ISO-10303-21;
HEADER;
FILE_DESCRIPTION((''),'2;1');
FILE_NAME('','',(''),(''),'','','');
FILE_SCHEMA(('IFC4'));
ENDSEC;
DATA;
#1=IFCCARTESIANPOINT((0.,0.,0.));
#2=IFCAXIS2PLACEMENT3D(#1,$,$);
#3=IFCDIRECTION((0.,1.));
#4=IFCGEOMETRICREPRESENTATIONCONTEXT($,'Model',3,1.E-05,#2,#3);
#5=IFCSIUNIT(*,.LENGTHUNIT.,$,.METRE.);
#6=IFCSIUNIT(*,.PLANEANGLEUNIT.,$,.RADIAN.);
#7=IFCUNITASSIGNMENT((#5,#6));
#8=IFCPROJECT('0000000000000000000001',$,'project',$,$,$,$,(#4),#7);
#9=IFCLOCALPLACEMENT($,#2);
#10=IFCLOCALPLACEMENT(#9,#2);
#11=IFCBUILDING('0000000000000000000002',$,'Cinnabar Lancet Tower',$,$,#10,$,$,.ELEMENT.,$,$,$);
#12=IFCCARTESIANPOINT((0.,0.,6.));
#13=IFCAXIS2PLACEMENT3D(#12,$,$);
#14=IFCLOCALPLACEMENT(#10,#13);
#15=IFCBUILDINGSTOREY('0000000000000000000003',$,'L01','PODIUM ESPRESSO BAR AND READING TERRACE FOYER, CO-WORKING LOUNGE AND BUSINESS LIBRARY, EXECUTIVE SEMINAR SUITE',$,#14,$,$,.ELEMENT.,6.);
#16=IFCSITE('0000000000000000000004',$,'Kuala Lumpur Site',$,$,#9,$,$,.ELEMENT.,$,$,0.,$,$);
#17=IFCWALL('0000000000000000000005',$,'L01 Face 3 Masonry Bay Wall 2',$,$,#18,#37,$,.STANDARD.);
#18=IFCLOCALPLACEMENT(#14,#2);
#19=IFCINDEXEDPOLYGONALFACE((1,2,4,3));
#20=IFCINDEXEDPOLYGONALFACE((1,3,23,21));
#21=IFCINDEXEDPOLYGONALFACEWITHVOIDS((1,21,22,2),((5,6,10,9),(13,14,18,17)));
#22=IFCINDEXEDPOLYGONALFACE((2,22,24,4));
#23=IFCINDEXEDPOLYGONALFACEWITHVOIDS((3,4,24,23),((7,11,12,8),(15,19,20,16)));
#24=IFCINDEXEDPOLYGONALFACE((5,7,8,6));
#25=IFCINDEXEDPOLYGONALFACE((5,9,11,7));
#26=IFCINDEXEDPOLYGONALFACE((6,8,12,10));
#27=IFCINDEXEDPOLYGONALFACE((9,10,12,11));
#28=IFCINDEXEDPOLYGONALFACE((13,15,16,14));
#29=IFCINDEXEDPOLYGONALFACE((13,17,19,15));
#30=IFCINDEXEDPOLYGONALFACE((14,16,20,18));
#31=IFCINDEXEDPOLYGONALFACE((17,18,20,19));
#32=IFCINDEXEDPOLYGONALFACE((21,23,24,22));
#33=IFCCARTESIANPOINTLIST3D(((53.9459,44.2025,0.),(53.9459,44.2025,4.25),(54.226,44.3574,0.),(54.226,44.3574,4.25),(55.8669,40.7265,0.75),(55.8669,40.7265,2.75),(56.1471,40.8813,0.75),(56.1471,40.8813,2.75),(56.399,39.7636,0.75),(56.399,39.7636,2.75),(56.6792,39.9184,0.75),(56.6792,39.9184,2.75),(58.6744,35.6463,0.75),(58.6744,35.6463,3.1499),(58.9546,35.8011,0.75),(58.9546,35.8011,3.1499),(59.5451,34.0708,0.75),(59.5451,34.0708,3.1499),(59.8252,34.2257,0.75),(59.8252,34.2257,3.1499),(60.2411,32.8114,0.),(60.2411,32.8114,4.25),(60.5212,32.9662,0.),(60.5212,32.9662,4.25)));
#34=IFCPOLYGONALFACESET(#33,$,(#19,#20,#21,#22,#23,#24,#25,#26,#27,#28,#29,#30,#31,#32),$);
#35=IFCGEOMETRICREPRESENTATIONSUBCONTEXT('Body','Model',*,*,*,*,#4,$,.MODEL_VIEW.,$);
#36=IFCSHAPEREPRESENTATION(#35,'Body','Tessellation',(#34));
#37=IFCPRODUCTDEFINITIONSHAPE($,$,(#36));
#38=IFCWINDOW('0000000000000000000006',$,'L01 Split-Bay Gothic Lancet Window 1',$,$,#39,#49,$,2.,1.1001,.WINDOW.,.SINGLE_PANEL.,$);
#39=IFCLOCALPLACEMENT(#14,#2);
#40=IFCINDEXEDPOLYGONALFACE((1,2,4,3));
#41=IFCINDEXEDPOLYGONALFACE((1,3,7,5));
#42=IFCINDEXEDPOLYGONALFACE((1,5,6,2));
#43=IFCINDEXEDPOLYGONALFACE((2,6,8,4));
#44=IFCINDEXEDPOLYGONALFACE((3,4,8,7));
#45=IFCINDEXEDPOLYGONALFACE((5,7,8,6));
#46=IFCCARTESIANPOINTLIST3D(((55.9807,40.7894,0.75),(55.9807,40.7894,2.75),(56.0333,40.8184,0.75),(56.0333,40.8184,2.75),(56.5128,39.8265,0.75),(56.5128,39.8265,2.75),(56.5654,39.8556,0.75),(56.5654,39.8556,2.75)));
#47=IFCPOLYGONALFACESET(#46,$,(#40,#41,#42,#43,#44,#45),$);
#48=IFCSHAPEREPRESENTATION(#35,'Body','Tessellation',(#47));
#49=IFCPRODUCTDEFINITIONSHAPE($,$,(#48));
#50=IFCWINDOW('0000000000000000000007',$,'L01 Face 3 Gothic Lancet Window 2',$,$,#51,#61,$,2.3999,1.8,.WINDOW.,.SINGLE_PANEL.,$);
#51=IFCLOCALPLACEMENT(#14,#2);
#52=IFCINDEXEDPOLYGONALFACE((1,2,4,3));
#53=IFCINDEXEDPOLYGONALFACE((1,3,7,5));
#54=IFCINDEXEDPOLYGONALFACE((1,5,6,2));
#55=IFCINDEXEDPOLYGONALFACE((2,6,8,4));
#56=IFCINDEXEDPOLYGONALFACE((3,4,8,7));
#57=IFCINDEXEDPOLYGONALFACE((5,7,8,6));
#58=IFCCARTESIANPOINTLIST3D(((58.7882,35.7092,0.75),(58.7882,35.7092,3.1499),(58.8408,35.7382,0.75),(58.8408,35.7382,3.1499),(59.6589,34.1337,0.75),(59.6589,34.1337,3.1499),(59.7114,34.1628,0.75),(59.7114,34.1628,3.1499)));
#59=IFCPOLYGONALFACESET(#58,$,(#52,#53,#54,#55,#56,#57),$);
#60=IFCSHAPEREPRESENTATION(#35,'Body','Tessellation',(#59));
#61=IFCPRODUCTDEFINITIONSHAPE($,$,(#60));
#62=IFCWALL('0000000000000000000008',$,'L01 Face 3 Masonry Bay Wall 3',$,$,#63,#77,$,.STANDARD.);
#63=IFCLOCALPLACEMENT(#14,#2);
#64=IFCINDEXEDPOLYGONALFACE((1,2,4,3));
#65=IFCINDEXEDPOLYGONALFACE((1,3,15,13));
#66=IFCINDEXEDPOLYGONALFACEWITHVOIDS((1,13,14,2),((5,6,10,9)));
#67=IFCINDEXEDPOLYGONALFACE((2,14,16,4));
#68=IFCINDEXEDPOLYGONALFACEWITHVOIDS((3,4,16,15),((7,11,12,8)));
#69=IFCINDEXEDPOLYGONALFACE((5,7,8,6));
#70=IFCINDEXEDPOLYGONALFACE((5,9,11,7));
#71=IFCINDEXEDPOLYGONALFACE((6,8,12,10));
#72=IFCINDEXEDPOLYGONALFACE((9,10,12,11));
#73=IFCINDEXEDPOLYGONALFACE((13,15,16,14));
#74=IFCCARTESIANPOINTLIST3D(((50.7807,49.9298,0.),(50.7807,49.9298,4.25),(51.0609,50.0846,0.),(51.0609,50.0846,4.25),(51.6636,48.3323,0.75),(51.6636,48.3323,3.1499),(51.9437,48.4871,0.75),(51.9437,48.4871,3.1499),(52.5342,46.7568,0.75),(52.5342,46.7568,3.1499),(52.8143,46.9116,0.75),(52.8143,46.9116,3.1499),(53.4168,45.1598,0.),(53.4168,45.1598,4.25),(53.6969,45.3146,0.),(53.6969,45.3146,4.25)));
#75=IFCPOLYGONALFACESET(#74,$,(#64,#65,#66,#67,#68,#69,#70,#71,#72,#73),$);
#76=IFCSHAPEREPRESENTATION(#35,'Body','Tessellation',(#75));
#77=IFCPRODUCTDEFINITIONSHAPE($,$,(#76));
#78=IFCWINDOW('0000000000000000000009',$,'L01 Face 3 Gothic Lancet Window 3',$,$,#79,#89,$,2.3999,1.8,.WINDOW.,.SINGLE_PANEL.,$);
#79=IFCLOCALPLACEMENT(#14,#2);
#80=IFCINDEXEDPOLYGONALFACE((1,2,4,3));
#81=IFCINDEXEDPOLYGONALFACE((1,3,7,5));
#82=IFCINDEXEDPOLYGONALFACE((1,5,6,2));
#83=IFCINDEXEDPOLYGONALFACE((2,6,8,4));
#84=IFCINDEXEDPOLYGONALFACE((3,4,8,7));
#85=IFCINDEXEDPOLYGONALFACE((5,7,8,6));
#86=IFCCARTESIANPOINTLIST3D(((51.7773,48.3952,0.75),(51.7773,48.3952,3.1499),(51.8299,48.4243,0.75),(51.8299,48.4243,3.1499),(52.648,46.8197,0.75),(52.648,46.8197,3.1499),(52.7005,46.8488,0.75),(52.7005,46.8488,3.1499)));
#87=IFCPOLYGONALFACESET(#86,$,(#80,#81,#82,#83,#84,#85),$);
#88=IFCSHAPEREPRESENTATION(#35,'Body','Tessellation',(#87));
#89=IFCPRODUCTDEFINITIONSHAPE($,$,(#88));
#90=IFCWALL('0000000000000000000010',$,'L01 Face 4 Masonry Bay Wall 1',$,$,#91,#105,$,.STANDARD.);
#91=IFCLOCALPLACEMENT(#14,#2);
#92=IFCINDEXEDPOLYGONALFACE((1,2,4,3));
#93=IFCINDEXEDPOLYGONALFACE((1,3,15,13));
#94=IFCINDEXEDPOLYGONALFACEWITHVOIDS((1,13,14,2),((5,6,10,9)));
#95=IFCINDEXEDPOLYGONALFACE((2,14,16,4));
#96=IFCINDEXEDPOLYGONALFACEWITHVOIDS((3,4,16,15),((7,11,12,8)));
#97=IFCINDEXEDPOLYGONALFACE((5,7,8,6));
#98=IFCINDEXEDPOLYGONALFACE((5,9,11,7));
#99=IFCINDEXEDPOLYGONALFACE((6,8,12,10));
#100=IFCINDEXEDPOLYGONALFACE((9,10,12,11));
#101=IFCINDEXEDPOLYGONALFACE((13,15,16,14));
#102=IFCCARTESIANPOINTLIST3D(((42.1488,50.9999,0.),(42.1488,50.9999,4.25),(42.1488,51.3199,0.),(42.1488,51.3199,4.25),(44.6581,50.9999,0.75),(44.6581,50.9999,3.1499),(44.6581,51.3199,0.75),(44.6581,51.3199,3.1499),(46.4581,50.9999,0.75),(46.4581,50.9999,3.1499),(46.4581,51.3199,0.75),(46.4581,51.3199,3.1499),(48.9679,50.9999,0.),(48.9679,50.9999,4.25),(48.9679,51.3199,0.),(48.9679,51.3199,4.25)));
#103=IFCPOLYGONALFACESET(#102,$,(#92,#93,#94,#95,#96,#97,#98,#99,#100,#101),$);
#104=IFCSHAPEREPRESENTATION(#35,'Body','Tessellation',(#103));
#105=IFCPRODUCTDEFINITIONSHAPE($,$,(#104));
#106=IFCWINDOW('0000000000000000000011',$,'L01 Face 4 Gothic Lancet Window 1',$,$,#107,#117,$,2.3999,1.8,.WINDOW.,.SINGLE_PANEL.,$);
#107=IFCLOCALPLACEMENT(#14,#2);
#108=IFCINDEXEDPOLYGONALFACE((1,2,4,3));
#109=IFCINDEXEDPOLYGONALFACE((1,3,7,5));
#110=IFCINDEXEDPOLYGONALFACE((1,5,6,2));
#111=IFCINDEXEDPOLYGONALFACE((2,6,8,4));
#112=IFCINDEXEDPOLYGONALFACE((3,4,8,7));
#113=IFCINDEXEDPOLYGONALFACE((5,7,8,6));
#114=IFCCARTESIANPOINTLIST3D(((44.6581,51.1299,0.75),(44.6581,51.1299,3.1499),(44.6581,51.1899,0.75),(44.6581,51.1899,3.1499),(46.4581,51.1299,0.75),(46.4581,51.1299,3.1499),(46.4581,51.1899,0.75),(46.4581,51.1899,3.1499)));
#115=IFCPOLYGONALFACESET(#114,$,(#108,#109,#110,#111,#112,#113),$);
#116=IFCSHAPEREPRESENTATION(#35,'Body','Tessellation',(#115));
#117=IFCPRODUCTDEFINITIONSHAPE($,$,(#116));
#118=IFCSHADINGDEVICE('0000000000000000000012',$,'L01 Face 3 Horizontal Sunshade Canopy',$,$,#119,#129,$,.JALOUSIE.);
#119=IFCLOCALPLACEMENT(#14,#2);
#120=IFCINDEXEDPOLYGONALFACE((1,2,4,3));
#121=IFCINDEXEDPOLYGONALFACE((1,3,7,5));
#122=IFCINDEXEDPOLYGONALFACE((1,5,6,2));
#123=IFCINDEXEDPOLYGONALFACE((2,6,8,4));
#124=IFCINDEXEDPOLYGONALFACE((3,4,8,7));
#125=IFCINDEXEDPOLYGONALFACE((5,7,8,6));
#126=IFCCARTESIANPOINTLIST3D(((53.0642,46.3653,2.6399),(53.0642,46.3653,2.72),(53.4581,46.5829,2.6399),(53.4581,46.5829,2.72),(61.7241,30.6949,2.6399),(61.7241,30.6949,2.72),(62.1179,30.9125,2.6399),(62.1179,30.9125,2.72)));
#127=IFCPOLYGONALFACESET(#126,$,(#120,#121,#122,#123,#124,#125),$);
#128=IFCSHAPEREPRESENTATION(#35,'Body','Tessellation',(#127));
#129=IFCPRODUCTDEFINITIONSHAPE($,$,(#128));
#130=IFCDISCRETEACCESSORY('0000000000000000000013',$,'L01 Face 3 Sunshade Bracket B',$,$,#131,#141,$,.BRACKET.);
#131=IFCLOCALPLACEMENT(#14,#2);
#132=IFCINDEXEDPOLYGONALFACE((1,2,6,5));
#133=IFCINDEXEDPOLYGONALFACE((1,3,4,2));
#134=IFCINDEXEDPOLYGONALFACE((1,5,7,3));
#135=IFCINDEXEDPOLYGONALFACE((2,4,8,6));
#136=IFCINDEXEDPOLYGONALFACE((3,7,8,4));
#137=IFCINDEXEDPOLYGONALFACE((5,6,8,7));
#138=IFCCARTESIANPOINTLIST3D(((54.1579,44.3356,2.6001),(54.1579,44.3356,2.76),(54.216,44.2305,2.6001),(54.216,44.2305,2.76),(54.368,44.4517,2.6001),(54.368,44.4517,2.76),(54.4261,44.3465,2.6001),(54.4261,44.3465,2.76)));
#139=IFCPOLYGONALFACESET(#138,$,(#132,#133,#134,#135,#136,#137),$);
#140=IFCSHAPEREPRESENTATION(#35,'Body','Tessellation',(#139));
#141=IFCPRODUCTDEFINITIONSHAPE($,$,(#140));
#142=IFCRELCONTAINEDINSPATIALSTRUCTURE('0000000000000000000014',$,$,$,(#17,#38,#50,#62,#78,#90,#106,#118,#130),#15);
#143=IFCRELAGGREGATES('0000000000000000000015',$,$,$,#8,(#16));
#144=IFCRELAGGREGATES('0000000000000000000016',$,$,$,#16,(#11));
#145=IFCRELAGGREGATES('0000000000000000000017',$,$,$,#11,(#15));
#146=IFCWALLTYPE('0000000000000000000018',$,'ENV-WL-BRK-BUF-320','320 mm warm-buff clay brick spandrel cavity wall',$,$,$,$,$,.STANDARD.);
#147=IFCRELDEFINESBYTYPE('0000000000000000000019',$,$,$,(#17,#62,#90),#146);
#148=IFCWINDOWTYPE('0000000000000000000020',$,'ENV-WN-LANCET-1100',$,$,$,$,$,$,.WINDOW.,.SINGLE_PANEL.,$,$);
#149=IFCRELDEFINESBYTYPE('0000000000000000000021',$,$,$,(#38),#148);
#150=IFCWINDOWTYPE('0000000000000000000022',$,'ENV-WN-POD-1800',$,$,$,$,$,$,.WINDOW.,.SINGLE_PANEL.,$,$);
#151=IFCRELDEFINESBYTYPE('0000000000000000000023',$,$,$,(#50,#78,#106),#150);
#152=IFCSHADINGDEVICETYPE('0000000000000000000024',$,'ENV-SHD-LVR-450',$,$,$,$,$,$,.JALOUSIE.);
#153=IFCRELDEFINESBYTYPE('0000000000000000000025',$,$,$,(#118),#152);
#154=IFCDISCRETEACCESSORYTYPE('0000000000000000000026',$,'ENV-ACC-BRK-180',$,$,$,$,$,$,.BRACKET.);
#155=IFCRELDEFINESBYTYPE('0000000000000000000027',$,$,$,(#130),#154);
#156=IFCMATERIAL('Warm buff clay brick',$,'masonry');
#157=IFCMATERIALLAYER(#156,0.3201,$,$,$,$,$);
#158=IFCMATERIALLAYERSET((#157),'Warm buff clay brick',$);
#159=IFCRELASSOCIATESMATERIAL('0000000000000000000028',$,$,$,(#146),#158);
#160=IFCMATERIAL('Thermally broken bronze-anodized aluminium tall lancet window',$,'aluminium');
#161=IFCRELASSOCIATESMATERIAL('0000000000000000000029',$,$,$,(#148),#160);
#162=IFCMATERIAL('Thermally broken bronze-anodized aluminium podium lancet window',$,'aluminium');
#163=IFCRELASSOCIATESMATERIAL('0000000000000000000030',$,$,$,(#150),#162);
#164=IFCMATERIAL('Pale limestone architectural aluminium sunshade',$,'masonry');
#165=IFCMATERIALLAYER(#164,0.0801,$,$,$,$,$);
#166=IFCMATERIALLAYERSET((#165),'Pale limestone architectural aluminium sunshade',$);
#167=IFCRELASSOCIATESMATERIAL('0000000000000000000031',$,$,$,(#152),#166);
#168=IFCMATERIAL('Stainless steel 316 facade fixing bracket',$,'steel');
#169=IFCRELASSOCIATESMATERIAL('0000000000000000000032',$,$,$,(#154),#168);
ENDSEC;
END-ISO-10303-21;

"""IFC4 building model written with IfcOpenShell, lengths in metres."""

from ifc_helpers import new_model, si_unit, direction, frame, frame_2d, origin, origin_2d, place, context, subcontext, project, spatial, rectangle, extrude, material, layer, layer_set, type_object, element, fill, save


model = new_model("IFC4")

# Units and contexts
model_context = context("Model", 3, precision=1e-05, world=origin(), true_north=direction((0.0, 1.0)))
body_context = subcontext(model_context, "Body", "Model", "MODEL_VIEW")
ifc_project = project(units=[si_unit("LENGTHUNIT", "METRE"), si_unit("PLANEANGLEUNIT", "RADIAN")], contexts=[model_context])

# Site, building, storey
site_placement = place(None, origin())
site = spatial("IfcSite", under=ifc_project, at=site_placement, Name="Kuala Lumpur Site", CompositionType="ELEMENT", RefElevation=0.0)
building_placement = place(site_placement, origin())
building = spatial("IfcBuilding", under=site, at=building_placement, Name="Cinnabar Lancet Tower", CompositionType="ELEMENT")
storey_placement = place(building_placement, frame((0.0, 0.0, 6.0)))
storey = spatial("IfcBuildingStorey", under=building, at=storey_placement, Name="L01", Description="PODIUM ESPRESSO BAR AND READING TERRACE FOYER, CO-WORKING LOUNGE AND BUSINESS LIBRARY, EXECUTIVE SEMINAR SUITE", CompositionType="ELEMENT", Elevation=6.0)

# Shared definitions
ifc_material_1 = material(Name="Warm buff clay brick", Category="masonry")
ifc_layer_1 = layer(ifc_material_1, 0.3201)
ifc_layer_set_1 = layer_set([ifc_layer_1], Name="Warm buff clay brick")
wall_type_1 = type_object("IfcWallType", Name="ENV-WL-BRK-BUF-320", Description="320 mm warm-buff clay brick spandrel cavity wall", PredefinedType="STANDARD", material=ifc_layer_set_1)

# Wall, openings, windows
wall_1_placement = place(storey_placement, frame((60.3811, 32.8889, 0.0), z_axis=(0.0, 0.0, 1.0), x_axis=(-0.483691, 0.875239, 0.0)))
wall_1 = element("IfcWall", 1, at=wall_1_placement, inside=storey, type_object=wall_type_1, Name="L01 Face 3 Masonry Bay Wall 2", PredefinedType="STANDARD", context=body_context, shape_type="SweptSolid", body=[
    extrude(rectangle(XDim=13.0149, YDim=0.3201, at=frame_2d((6.5073, 0.0))), origin(), (0.0, 0.0, 1.0), 4.25),
])
opening_1_placement = place(wall_1_placement, frame((1.439, 0.0, 0.75)))
opening_1 = element("IfcOpeningElement", 2, at=opening_1_placement, cuts=wall_1, PredefinedType="OPENING", context=body_context, shape_type="SweptSolid", body=[
    extrude(rectangle(XDim=1.8, YDim=2.3999, at=frame_2d((0.8999, 1.2))), frame((0.0, 0.1699, 0.0), z_axis=(0.0, -1.0, 0.0), x_axis=(1.0, 0.0, 0.0)), (0.0, 0.0, 1.0), 0.3401),
])
opening_2_placement = place(wall_1_placement, frame((7.9431, 0.0, 0.75)))
opening_2 = element("IfcOpeningElement", 3, at=opening_2_placement, cuts=wall_1, PredefinedType="OPENING", context=body_context, shape_type="SweptSolid", body=[
    extrude(rectangle(XDim=1.1001, YDim=2.0, at=frame_2d((0.55, 1.0))), frame((0.0, 0.1699, 0.0), z_axis=(0.0, -1.0, 0.0), x_axis=(1.0, 0.0, 0.0)), (0.0, 0.0, 1.0), 0.3401),
])
ifc_material_2 = material(Name="Thermally broken bronze-anodized aluminium tall lancet window", Category="aluminium")
window_type_1 = type_object("IfcWindowType", Name="ENV-WN-LANCET-1100", PartitioningType="SINGLE_PANEL", PredefinedType="WINDOW", material=ifc_material_2)
window_1_placement = place(opening_2_placement, origin())
window_1 = element("IfcWindow", 4, at=window_1_placement, inside=storey, type_object=window_type_1, Name="L01 Split-Bay Gothic Lancet Window 1", OverallHeight=2.0, OverallWidth=1.1001, PartitioningType="SINGLE_PANEL", PredefinedType="WINDOW", context=body_context, shape_type="SweptSolid", body=[
    extrude(rectangle(XDim=1.1001, YDim=2.0, at=frame_2d((0.55, 1.0))), frame((0.0, 0.03, 0.0), z_axis=(0.0, -1.0, 0.0), x_axis=(1.0, 0.0, 0.0)), (0.0, 0.0, 1.0), 0.0601),
])
fill(opening_2, window_1)
ifc_material_3 = material(Name="Thermally broken bronze-anodized aluminium podium lancet window", Category="aluminium")
window_type_2 = type_object("IfcWindowType", Name="ENV-WN-POD-1800", PartitioningType="SINGLE_PANEL", PredefinedType="WINDOW", material=ifc_material_3)
window_2_placement = place(opening_1_placement, origin())
window_2 = element("IfcWindow", 5, at=window_2_placement, inside=storey, type_object=window_type_2, Name="L01 Face 3 Gothic Lancet Window 2", OverallHeight=2.3999, OverallWidth=1.8, PartitioningType="SINGLE_PANEL", PredefinedType="WINDOW", context=body_context, shape_type="SweptSolid", body=[
    extrude(rectangle(XDim=1.8, YDim=2.3999, at=frame_2d((0.8999, 1.2))), frame((0.0, 0.03, 0.0), z_axis=(0.0, -1.0, 0.0), x_axis=(1.0, 0.0, 0.0)), (0.0, 0.0, 1.0), 0.0601),
])
fill(opening_1, window_2)

# Walls, openings, windows
wall_2_placement = place(storey_placement, frame((53.5569, 45.2371, 0.0), z_axis=(0.0, 0.0, 1.0), x_axis=(-0.483675, 0.875248, 0.0)))
wall_2 = element("IfcWall", 6, at=wall_2_placement, inside=storey, type_object=wall_type_1, Name="L01 Face 3 Masonry Bay Wall 3", PredefinedType="STANDARD", context=body_context, shape_type="SweptSolid", body=[
    extrude(rectangle(XDim=5.45, YDim=0.3201, at=frame_2d((2.7251, 0.0))), origin(), (0.0, 0.0, 1.0), 4.25),
])
opening_3_placement = place(wall_2_placement, frame((1.825, 0.0, 0.75)))
opening_3 = element("IfcOpeningElement", 7, at=opening_3_placement, cuts=wall_2, PredefinedType="OPENING", context=body_context, shape_type="SweptSolid", body=[
    extrude(rectangle(XDim=1.8, YDim=2.3999, at=frame_2d((0.8999, 1.2))), frame((0.0, 0.1699, 0.0), z_axis=(0.0, -1.0, 0.0), x_axis=(1.0, 0.0, 0.0)), (0.0, 0.0, 1.0), 0.3401),
])
window_3_placement = place(opening_3_placement, origin())
window_3 = element("IfcWindow", 8, at=window_3_placement, inside=storey, type_object=window_type_2, Name="L01 Face 3 Gothic Lancet Window 3", OverallHeight=2.3999, OverallWidth=1.8, PartitioningType="SINGLE_PANEL", PredefinedType="WINDOW", context=body_context, shape_type="SweptSolid", body=[
    extrude(rectangle(XDim=1.8, YDim=2.3999, at=frame_2d((0.8999, 1.2))), frame((0.0, 0.03, 0.0), z_axis=(0.0, -1.0, 0.0), x_axis=(1.0, 0.0, 0.0)), (0.0, 0.0, 1.0), 0.0601),
])
fill(opening_3, window_3)
wall_3_placement = place(storey_placement, frame((48.968, 51.1599, 0.0), z_axis=(0.0, 0.0, 1.0), x_axis=(-1.0, 0.0, 0.0)))
wall_3 = element("IfcWall", 9, at=wall_3_placement, inside=storey, type_object=wall_type_1, Name="L01 Face 4 Masonry Bay Wall 1", PredefinedType="STANDARD", context=body_context, shape_type="SweptSolid", body=[
    extrude(rectangle(XDim=6.8191, YDim=0.3201, at=frame_2d((3.4097, 0.0))), origin(), (0.0, 0.0, 1.0), 4.25),
])
opening_4_placement = place(wall_3_placement, frame((2.51, 0.0, 0.75)))
opening_4 = element("IfcOpeningElement", 10, at=opening_4_placement, cuts=wall_3, PredefinedType="OPENING", context=body_context, shape_type="SweptSolid", body=[
    extrude(rectangle(XDim=1.8, YDim=2.3999, at=frame_2d((0.8999, 1.2))), frame((0.0, 0.1699, 0.0), z_axis=(0.0, -1.0, 0.0), x_axis=(1.0, 0.0, 0.0)), (0.0, 0.0, 1.0), 0.3401),
])
window_4_placement = place(opening_4_placement, origin())
window_4 = element("IfcWindow", 11, at=window_4_placement, inside=storey, type_object=window_type_2, Name="L01 Face 4 Gothic Lancet Window 1", OverallHeight=2.3999, OverallWidth=1.8, PartitioningType="SINGLE_PANEL", PredefinedType="WINDOW", context=body_context, shape_type="SweptSolid", body=[
    extrude(rectangle(XDim=1.8, YDim=2.3999, at=frame_2d((0.8999, 1.2))), frame((0.0, 0.03, 0.0), z_axis=(0.0, -1.0, 0.0), x_axis=(1.0, 0.0, 0.0)), (0.0, 0.0, 1.0), 0.0601),
])
fill(opening_4, window_4)

# Shading device
ifc_material_4 = material(Name="Pale limestone architectural aluminium sunshade", Category="masonry")
ifc_layer_2 = layer(ifc_material_4, 0.0801)
ifc_layer_set_2 = layer_set([ifc_layer_2], Name="Pale limestone architectural aluminium sunshade")
shading_device_type = type_object("IfcShadingDeviceType", Name="ENV-SHD-LVR-450", PredefinedType="JALOUSIE", material=ifc_layer_set_2)
shading_device_placement = place(storey_placement, frame((57.5911, 38.6389, 2.6399), z_axis=(0.0, 0.0, 1.0), x_axis=(-0.48368, 0.875245, 0.0)))
element("IfcShadingDevice", 12, at=shading_device_placement, inside=storey, type_object=shading_device_type, Name="L01 Face 3 Horizontal Sunshade Canopy", PredefinedType="JALOUSIE", context=body_context, shape_type="SweptSolid", body=[
    extrude(rectangle(XDim=17.9041, YDim=0.45, at=origin_2d()), origin(), (0.0, 0.0, 1.0), 0.0801),
])

# Discrete accessory
ifc_material_5 = material(Name="Stainless steel 316 facade fixing bracket", Category="steel")
discrete_accessory_type = type_object("IfcDiscreteAccessoryType", Name="ENV-ACC-BRK-180", PredefinedType="BRACKET", material=ifc_material_5)
discrete_accessory_placement = place(storey_placement, frame((54.292, 44.3411, 2.6001), z_axis=(0.0, 0.0, 1.0), x_axis=(-0.48368, 0.875245, 0.0)))
element("IfcDiscreteAccessory", 13, at=discrete_accessory_placement, inside=storey, type_object=discrete_accessory_type, Name="L01 Face 3 Sunshade Bracket B", PredefinedType="BRACKET", context=body_context, shape_type="SweptSolid", body=[
    extrude(rectangle(XDim=0.1201, YDim=0.24, at=origin_2d()), origin(), (0.0, 0.0, 1.0), 0.1599),
])

save(model, "model.ifc")
